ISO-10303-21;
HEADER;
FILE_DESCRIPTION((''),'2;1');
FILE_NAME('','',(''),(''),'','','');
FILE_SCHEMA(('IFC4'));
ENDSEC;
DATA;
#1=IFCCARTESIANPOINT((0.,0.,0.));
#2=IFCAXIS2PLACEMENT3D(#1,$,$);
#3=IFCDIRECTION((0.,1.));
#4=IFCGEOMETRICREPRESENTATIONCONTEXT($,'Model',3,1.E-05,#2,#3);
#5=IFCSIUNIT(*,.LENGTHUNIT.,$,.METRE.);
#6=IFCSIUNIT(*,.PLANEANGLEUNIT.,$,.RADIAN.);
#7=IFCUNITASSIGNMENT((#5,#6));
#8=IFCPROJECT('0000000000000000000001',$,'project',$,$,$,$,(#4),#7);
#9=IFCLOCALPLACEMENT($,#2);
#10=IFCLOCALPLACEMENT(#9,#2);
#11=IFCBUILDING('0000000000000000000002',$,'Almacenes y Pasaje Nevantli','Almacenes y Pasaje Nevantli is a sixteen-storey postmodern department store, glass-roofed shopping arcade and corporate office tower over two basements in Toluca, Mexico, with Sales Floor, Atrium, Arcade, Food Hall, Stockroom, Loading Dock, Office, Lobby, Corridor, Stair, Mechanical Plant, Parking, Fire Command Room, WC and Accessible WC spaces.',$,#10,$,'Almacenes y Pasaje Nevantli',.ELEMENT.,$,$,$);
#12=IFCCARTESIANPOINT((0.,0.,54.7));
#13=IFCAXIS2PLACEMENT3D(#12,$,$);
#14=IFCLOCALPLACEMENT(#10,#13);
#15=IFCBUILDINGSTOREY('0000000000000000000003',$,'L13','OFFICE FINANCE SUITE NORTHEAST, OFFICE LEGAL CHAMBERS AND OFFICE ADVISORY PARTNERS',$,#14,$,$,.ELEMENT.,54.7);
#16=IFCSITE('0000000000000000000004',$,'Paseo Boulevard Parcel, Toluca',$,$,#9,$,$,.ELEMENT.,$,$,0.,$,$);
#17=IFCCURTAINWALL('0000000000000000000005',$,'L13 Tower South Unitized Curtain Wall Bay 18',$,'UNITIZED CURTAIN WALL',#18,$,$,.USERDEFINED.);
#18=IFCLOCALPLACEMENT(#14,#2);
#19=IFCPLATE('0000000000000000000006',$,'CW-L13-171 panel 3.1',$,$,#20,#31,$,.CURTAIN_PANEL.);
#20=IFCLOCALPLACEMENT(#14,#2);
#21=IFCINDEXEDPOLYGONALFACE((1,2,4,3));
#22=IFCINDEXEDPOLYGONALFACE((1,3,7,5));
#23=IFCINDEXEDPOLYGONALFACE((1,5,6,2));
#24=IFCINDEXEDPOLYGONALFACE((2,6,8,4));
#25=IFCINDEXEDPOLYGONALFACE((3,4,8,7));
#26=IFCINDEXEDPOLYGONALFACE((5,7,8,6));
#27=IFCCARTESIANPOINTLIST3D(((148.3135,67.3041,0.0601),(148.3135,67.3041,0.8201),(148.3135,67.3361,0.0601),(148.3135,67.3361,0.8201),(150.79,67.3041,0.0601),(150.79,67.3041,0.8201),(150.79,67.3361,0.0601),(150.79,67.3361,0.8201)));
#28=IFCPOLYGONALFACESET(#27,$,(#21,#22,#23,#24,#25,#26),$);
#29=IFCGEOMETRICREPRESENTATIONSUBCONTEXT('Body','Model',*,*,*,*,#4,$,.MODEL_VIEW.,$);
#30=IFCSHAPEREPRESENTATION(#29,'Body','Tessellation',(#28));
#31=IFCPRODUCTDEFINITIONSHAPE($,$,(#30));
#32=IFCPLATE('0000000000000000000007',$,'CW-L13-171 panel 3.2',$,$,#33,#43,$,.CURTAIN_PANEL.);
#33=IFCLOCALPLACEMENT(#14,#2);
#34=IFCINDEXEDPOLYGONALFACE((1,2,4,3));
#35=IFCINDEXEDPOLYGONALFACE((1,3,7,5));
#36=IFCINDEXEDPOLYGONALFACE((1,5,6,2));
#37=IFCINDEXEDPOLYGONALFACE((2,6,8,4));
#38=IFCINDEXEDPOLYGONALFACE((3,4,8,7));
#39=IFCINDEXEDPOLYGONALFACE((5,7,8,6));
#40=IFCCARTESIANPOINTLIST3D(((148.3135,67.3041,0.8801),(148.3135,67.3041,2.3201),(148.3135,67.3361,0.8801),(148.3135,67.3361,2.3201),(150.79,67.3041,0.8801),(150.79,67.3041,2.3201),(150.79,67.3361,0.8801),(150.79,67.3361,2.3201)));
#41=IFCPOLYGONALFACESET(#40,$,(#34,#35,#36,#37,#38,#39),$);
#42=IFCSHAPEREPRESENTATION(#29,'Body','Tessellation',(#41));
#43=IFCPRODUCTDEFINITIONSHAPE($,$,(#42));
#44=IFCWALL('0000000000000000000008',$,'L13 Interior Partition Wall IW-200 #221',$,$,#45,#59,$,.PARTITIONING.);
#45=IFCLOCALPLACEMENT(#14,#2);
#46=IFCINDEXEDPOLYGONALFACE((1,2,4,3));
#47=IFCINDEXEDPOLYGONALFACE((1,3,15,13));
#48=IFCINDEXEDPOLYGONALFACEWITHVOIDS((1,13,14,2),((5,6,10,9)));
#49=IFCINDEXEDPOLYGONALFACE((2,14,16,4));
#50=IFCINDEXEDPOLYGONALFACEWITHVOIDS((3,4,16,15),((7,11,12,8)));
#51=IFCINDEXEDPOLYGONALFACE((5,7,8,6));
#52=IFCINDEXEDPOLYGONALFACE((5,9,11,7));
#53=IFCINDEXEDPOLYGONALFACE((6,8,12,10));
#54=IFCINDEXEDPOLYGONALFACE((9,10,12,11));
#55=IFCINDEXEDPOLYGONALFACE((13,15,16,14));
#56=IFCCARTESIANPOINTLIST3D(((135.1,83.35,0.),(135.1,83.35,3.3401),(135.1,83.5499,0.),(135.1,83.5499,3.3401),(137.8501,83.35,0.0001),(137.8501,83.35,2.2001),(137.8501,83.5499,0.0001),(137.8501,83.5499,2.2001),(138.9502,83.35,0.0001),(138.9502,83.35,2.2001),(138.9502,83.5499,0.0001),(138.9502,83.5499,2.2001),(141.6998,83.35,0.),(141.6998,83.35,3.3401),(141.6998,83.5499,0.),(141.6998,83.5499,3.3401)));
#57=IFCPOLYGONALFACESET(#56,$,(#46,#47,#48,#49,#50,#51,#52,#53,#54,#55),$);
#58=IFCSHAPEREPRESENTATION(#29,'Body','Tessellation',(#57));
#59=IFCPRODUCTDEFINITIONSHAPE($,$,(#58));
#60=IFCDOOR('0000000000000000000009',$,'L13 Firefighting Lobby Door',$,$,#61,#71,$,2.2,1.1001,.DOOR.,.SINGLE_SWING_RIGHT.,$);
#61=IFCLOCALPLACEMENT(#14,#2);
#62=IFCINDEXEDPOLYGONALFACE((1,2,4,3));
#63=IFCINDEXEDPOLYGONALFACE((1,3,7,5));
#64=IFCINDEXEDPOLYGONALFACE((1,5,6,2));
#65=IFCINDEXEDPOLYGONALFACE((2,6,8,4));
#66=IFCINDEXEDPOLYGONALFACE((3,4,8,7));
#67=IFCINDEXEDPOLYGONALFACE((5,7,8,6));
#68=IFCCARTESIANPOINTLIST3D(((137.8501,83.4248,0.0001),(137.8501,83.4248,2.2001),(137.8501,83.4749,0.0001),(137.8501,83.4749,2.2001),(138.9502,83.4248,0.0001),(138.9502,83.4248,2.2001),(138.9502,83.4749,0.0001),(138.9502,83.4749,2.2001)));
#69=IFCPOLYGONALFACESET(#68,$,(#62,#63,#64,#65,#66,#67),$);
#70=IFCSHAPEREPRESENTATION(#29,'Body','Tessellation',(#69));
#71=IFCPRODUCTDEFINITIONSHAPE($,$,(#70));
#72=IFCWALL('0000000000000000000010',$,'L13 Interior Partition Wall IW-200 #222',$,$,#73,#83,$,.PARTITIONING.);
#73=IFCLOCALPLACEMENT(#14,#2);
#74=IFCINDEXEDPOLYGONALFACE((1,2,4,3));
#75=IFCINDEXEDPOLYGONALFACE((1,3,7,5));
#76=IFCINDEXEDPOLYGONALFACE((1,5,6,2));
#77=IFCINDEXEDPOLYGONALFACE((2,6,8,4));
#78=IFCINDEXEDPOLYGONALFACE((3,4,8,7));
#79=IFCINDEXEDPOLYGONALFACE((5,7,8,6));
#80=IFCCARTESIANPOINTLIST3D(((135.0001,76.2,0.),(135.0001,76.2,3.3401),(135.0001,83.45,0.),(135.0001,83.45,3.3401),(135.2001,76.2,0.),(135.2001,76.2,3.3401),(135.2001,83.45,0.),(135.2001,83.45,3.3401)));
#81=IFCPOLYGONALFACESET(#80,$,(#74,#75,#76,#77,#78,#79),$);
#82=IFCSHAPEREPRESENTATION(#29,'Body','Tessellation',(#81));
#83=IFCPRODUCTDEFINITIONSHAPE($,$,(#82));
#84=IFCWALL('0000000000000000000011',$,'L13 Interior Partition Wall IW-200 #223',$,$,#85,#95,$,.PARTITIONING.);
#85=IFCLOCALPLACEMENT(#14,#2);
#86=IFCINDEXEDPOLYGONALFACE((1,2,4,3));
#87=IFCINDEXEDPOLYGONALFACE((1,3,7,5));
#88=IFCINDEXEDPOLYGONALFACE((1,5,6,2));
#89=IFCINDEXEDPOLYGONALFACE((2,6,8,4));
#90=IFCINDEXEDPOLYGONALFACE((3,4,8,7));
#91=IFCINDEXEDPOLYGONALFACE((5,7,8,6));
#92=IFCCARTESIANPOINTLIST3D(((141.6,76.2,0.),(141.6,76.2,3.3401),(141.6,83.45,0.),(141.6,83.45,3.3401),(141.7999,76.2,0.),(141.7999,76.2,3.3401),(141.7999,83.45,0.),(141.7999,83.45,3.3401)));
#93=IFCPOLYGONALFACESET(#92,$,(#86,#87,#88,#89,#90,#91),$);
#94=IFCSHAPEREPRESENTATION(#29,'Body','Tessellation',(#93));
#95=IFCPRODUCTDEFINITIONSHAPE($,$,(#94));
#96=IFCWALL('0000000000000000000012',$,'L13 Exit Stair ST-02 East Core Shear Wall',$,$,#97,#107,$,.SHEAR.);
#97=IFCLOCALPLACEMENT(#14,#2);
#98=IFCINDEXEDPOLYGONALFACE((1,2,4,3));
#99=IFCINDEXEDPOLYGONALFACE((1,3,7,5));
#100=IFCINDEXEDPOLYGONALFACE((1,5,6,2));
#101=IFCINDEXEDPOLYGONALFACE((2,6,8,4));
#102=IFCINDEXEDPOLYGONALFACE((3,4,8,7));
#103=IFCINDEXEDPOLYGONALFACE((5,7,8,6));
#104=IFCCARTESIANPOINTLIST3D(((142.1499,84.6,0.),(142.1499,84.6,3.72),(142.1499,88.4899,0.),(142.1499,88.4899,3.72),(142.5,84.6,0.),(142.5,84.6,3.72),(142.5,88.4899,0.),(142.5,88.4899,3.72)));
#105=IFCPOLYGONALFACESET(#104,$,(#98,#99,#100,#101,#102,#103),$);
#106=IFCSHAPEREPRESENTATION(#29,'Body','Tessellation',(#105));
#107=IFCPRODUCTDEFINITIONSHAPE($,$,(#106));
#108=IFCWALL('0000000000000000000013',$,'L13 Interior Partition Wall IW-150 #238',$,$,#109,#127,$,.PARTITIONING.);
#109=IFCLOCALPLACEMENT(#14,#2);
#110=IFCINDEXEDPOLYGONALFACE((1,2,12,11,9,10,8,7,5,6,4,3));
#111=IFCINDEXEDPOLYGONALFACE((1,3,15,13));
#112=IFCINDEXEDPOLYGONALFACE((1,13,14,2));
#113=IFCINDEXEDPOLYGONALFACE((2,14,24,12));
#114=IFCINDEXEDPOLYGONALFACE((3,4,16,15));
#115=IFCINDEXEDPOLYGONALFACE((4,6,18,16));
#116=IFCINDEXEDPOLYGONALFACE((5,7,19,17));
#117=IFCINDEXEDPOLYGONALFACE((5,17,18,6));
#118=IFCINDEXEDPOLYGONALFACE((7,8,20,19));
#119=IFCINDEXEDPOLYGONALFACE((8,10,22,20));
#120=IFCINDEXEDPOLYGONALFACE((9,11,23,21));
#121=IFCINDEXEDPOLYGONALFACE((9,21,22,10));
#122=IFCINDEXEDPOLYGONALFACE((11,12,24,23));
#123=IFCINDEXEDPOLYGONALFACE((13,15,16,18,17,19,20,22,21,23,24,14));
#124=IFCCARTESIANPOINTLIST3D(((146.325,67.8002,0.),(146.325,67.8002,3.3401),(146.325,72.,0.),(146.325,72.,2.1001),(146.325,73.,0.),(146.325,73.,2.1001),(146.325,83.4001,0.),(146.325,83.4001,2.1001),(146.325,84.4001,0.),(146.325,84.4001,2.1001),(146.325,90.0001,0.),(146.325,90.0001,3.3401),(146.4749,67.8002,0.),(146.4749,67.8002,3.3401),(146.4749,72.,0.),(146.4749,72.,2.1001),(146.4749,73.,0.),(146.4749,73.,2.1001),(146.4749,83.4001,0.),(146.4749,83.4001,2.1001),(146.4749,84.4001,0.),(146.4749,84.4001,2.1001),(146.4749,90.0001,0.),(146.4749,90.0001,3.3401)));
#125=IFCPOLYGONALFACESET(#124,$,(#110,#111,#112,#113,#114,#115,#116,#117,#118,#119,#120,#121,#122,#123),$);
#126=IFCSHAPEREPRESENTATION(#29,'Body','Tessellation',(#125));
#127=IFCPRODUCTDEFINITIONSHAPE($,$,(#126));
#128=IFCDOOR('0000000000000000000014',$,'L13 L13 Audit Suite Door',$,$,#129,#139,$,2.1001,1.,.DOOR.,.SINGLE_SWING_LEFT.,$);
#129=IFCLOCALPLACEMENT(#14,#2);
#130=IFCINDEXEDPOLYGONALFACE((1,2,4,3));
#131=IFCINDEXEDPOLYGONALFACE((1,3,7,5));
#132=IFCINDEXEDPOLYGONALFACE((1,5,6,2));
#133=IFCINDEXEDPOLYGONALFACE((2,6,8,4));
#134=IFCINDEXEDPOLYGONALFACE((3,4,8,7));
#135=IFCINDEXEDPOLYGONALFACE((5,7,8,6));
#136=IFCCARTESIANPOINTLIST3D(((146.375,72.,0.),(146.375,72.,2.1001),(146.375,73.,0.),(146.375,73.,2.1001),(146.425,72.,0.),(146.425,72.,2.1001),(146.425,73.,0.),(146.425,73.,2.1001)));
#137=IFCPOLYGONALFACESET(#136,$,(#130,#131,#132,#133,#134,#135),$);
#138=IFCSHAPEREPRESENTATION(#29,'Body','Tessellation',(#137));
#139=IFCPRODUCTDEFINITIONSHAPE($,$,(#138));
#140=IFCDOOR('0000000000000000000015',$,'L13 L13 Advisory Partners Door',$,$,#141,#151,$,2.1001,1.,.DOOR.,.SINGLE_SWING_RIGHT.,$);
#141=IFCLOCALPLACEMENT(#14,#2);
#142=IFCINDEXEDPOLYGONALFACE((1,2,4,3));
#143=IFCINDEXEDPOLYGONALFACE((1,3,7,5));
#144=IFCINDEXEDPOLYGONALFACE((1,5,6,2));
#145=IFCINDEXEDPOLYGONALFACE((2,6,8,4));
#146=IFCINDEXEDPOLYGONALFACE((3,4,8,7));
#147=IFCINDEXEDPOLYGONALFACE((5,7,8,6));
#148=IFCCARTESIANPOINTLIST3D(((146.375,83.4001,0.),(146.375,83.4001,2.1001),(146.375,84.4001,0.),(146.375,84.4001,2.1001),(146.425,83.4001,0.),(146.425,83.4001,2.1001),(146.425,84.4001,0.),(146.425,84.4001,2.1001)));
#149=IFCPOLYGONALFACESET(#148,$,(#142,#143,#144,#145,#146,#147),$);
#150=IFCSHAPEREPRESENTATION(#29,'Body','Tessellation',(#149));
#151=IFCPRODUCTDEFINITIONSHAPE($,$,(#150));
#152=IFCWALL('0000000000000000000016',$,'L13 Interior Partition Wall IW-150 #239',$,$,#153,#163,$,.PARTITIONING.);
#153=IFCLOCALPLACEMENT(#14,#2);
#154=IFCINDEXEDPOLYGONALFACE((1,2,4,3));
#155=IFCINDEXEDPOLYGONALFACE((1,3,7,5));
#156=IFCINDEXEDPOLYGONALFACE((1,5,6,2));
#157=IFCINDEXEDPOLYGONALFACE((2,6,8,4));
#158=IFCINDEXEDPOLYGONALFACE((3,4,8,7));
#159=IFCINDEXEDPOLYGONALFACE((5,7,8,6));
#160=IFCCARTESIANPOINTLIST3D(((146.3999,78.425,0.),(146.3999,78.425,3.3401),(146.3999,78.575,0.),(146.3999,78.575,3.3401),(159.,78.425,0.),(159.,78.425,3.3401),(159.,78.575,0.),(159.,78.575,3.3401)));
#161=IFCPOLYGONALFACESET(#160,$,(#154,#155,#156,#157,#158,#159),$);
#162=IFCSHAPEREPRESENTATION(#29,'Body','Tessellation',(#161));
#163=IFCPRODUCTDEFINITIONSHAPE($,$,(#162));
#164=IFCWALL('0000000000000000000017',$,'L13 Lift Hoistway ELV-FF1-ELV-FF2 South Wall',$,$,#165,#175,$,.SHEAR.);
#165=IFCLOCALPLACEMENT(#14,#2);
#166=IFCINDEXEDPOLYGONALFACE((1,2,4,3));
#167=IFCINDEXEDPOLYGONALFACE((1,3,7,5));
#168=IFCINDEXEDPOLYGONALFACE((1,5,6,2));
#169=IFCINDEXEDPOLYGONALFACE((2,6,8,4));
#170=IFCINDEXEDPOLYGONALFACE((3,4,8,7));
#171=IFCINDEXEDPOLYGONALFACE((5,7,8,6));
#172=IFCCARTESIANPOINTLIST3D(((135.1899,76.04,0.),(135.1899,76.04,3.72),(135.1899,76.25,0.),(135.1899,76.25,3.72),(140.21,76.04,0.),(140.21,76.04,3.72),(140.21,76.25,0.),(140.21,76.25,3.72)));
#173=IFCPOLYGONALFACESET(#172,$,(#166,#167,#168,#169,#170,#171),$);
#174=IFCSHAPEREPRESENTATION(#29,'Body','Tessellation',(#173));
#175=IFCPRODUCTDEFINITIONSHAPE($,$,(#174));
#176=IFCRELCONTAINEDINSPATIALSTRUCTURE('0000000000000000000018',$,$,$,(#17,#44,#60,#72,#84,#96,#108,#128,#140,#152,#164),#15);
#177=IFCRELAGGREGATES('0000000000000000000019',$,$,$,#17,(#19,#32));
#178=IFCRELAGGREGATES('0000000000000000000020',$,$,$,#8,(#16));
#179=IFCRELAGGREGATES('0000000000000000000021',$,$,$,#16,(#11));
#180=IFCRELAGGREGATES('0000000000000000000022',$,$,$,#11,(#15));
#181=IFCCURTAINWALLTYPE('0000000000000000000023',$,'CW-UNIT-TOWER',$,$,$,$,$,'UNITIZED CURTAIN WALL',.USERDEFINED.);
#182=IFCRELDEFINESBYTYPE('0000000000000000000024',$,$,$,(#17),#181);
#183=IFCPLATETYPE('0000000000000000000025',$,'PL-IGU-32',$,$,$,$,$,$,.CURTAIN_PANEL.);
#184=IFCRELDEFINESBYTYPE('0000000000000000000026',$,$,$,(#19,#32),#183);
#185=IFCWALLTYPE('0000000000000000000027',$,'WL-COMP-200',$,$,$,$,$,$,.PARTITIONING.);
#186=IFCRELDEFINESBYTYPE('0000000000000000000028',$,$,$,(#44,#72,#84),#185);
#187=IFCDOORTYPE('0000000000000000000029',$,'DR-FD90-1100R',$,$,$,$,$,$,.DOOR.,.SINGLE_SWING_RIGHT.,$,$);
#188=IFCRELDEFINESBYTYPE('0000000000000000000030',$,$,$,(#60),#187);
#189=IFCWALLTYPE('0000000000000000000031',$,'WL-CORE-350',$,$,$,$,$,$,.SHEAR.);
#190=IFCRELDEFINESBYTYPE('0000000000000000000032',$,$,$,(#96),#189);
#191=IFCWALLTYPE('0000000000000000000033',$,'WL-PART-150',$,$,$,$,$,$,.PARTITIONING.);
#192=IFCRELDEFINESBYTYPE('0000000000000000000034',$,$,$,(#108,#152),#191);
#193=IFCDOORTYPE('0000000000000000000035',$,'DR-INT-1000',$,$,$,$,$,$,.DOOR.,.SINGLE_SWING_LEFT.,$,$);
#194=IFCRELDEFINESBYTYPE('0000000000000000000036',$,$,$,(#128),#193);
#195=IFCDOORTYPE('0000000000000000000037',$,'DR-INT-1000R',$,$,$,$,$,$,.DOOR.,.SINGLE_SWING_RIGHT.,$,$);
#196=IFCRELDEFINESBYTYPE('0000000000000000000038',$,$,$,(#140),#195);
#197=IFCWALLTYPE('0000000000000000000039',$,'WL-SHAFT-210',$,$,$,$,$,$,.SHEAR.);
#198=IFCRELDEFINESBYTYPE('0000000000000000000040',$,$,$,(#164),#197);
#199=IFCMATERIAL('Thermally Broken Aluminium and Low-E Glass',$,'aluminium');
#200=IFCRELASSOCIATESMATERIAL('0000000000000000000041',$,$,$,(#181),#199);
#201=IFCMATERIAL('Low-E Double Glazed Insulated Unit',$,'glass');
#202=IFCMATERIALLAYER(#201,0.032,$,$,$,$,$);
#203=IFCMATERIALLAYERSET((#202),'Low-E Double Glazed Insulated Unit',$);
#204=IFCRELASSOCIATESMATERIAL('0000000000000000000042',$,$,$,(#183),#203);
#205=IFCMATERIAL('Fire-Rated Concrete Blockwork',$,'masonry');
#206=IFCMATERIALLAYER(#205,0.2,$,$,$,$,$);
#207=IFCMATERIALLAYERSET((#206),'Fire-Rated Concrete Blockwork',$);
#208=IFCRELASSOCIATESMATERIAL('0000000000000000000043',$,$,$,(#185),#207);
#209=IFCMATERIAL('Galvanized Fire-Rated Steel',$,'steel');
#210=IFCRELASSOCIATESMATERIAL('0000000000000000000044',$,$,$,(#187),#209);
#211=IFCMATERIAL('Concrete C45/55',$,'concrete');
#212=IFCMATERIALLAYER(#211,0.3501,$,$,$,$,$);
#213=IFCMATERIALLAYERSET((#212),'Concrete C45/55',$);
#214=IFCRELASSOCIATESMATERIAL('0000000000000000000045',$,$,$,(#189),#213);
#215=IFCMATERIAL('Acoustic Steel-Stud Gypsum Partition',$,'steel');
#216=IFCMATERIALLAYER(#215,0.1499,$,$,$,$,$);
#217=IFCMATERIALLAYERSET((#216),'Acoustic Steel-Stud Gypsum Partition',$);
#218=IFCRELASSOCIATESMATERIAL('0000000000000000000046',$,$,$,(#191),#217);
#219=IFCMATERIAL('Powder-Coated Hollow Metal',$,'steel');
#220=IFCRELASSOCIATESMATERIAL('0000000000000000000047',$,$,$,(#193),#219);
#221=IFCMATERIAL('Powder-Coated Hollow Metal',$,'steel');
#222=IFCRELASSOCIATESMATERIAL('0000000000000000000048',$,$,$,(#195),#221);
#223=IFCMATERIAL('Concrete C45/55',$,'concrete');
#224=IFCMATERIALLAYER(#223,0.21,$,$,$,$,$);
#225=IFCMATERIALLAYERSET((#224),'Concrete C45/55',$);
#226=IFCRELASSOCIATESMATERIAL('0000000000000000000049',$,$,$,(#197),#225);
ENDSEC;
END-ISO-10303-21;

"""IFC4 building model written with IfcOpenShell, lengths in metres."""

from ifc_helpers import new_model, si_unit, direction, frame, frame_2d, origin, origin_2d, place, context, subcontext, project, spatial, rectangle, extrude, material, layer, layer_set, type_object, element, fill, aggregate, save


model = new_model("IFC4")

# Units and contexts
model_context = context("Model", 3, precision=1e-05, world=origin(), true_north=direction((0.0, 1.0)))
body_context = subcontext(model_context, "Body", "Model", "MODEL_VIEW")
ifc_project = project(units=[si_unit("LENGTHUNIT", "METRE"), si_unit("PLANEANGLEUNIT", "RADIAN")], contexts=[model_context])

# Site, building, storey
site_placement = place(None, origin())
site = spatial("IfcSite", under=ifc_project, at=site_placement, Name="Paseo Boulevard Parcel, Toluca", CompositionType="ELEMENT", RefElevation=0.0)
building_placement = place(site_placement, origin())
building = spatial("IfcBuilding", under=site, at=building_placement, Name="Almacenes y Pasaje Nevantli", Description="Almacenes y Pasaje Nevantli is a sixteen-storey postmodern department store, glass-roofed shopping arcade and corporate office tower over two basements in Toluca, Mexico, with Sales Floor, Atrium, Arcade, Food Hall, Stockroom, Loading Dock, Office, Lobby, Corridor, Stair, Mechanical Plant, Parking, Fire Command Room, WC and Accessible WC spaces.", LongName="Almacenes y Pasaje Nevantli", CompositionType="ELEMENT")
storey_placement = place(building_placement, frame((0.0, 0.0, 54.7)))
storey = spatial("IfcBuildingStorey", under=building, at=storey_placement, Name="L13", Description="OFFICE FINANCE SUITE NORTHEAST, OFFICE LEGAL CHAMBERS AND OFFICE ADVISORY PARTNERS", CompositionType="ELEMENT", Elevation=54.7)

# Curtain wall, plates
ifc_material_1 = material(Name="Thermally Broken Aluminium and Low-E Glass", Category="aluminium")
curtain_wall_type = type_object("IfcCurtainWallType", Name="CW-UNIT-TOWER", ElementType="UNITIZED CURTAIN WALL", PredefinedType="USERDEFINED", material=ifc_material_1)
curtain_wall_placement = place(storey_placement, origin())
curtain_wall = element("IfcCurtainWall", 1, at=curtain_wall_placement, inside=storey, type_object=curtain_wall_type, Name="L13 Tower South Unitized Curtain Wall Bay 18", ObjectType="UNITIZED CURTAIN WALL", PredefinedType="USERDEFINED")
ifc_material_2 = material(Name="Low-E Double Glazed Insulated Unit", Category="glass")
ifc_layer_1 = layer(ifc_material_2, 0.032)
ifc_layer_set_1 = layer_set([ifc_layer_1], Name="Low-E Double Glazed Insulated Unit")
plate_type = type_object("IfcPlateType", Name="PL-IGU-32", PredefinedType="CURTAIN_PANEL", material=ifc_layer_set_1)
plate_1_placement = place(storey_placement, frame((149.5518, 67.3201, 0.0601), z_axis=(0.0, 0.0, 1.0), x_axis=(1.0, 0.0, 0.0)))
plate_1 = element("IfcPlate", 2, at=plate_1_placement, type_object=plate_type, Name="CW-L13-171 panel 3.1", PredefinedType="CURTAIN_PANEL", context=body_context, shape_type="SweptSolid", body=[
    extrude(rectangle(XDim=2.4766, YDim=0.032, at=origin_2d()), origin(), (0.0, 0.0, 1.0), 0.76),
])
plate_2_placement = place(storey_placement, frame((149.5518, 67.3201, 0.8801), z_axis=(0.0, 0.0, 1.0), x_axis=(1.0, 0.0, 0.0)))
plate_2 = element("IfcPlate", 3, at=plate_2_placement, type_object=plate_type, Name="CW-L13-171 panel 3.2", PredefinedType="CURTAIN_PANEL", context=body_context, shape_type="SweptSolid", body=[
    extrude(rectangle(XDim=2.4766, YDim=0.032, at=origin_2d()), origin(), (0.0, 0.0, 1.0), 1.4399),
])
aggregate(curtain_wall, [plate_1, plate_2])

# Wall, opening, door
ifc_material_3 = material(Name="Fire-Rated Concrete Blockwork", Category="masonry")
ifc_layer_2 = layer(ifc_material_3, 0.2)
ifc_layer_set_2 = layer_set([ifc_layer_2], Name="Fire-Rated Concrete Blockwork")
wall_type_1 = type_object("IfcWallType", Name="WL-COMP-200", PredefinedType="PARTITIONING", material=ifc_layer_set_2)
wall_1_placement = place(storey_placement, frame((135.1001, 83.45, 0.0), z_axis=(0.0, 0.0, 1.0), x_axis=(1.0, 0.0, 0.0)))
wall_1 = element("IfcWall", 4, at=wall_1_placement, inside=storey, type_object=wall_type_1, Name="L13 Interior Partition Wall IW-200 #221", PredefinedType="PARTITIONING", context=body_context, shape_type="SweptSolid", body=[
    extrude(rectangle(XDim=6.5999, YDim=0.2, at=frame_2d((3.2998, 0.0))), origin(), (0.0, 0.0, 1.0), 3.3401),
])
opening_1_placement = place(wall_1_placement, frame((2.75, 0.0, 0.0)))
opening_1 = element("IfcOpeningElement", 5, at=opening_1_placement, cuts=wall_1, PredefinedType="OPENING", context=body_context, shape_type="SweptSolid", body=[
    extrude(rectangle(XDim=1.1001, YDim=2.2, at=frame_2d((0.55, 1.1001))), frame((0.0, 0.1099, 0.0), z_axis=(0.0, -1.0, 0.0), x_axis=(1.0, 0.0, 0.0)), (0.0, 0.0, 1.0), 0.22),
])
ifc_material_4 = material(Name="Galvanized Fire-Rated Steel", Category="steel")
door_type_1 = type_object("IfcDoorType", Name="DR-FD90-1100R", OperationType="SINGLE_SWING_RIGHT", PredefinedType="DOOR", material=ifc_material_4)
door_1_placement = place(opening_1_placement, origin())
door_1 = element("IfcDoor", 6, at=door_1_placement, inside=storey, type_object=door_type_1, Name="L13 Firefighting Lobby Door", OperationType="SINGLE_SWING_RIGHT", OverallHeight=2.2, OverallWidth=1.1001, PredefinedType="DOOR", context=body_context, shape_type="SweptSolid", body=[
    extrude(rectangle(XDim=1.1001, YDim=2.2, at=frame_2d((0.55, 1.1001))), frame((0.0, 0.0249, 0.0), z_axis=(0.0, -1.0, 0.0), x_axis=(1.0, 0.0, 0.0)), (0.0, 0.0, 1.0), 0.05),
])
fill(opening_1, door_1)

# Walls
for number, where, z_axis, x_axis, name in (
    (7, (135.1001, 76.2, 0.0), (0.0, 0.0, 1.0), (0.0, 1.0, 0.0), "L13 Interior Partition Wall IW-200 #222"),
    (8, (141.7, 76.2, 0.0), (0.0, 0.0, 1.0), (0.0, 1.0, 0.0), "L13 Interior Partition Wall IW-200 #223"),
):
    element("IfcWall", number, at=place(storey_placement, frame(where, z_axis=z_axis, x_axis=x_axis)), inside=storey, type_object=wall_type_1, Name=name, PredefinedType="PARTITIONING", context=body_context, shape_type="SweptSolid", body=[
        extrude(rectangle(XDim=7.25, YDim=0.2, at=frame_2d((3.625, 0.0))), origin(), (0.0, 0.0, 1.0), 3.3401),
    ])
ifc_material_5 = material(Name="Concrete C45/55", Category="concrete")
ifc_layer_3 = layer(ifc_material_5, 0.3501)
ifc_layer_set_3 = layer_set([ifc_layer_3], Name="Concrete C45/55")
wall_type_2 = type_object("IfcWallType", Name="WL-CORE-350", PredefinedType="SHEAR", material=ifc_layer_set_3)
wall_2_placement = place(storey_placement, frame((142.325, 84.6001, 0.0), z_axis=(0.0, 0.0, 1.0), x_axis=(0.0, 1.0, 0.0)))
element("IfcWall", 9, at=wall_2_placement, inside=storey, type_object=wall_type_2, Name="L13 Exit Stair ST-02 East Core Shear Wall", PredefinedType="SHEAR", context=body_context, shape_type="SweptSolid", body=[
    extrude(rectangle(XDim=3.8899, YDim=0.3501, at=frame_2d((1.9448, 0.0))), origin(), (0.0, 0.0, 1.0), 3.72),
])

# Wall, openings, doors
ifc_material_6 = material(Name="Acoustic Steel-Stud Gypsum Partition", Category="steel")
ifc_layer_4 = layer(ifc_material_6, 0.1499)
ifc_layer_set_4 = layer_set([ifc_layer_4], Name="Acoustic Steel-Stud Gypsum Partition")
wall_type_3 = type_object("IfcWallType", Name="WL-PART-150", PredefinedType="PARTITIONING", material=ifc_layer_set_4)
wall_3_placement = place(storey_placement, frame((146.3999, 67.8, 0.0), z_axis=(0.0, 0.0, 1.0), x_axis=(0.0, 1.0, 0.0)))
wall_3 = element("IfcWall", 10, at=wall_3_placement, inside=storey, type_object=wall_type_3, Name="L13 Interior Partition Wall IW-150 #238", PredefinedType="PARTITIONING", context=body_context, shape_type="SweptSolid", body=[
    extrude(rectangle(XDim=22.2, YDim=0.1499, at=frame_2d((11.1001, 0.0))), origin(), (0.0, 0.0, 1.0), 3.3401),
])
opening_2_placement = place(wall_3_placement, frame((4.2, 0.0, 0.0)))
opening_2 = element("IfcOpeningElement", 11, at=opening_2_placement, cuts=wall_3, PredefinedType="OPENING", context=body_context, shape_type="SweptSolid", body=[
    extrude(rectangle(XDim=1.0, YDim=2.1001, at=frame_2d((0.5, 1.05))), frame((0.0, 0.085, 0.0), z_axis=(0.0, -1.0, 0.0), x_axis=(1.0, 0.0, 0.0)), (0.0, 0.0, 1.0), 0.1699),
])
opening_3_placement = place(wall_3_placement, frame((15.6001, 0.0, 0.0)))
opening_3 = element("IfcOpeningElement", 12, at=opening_3_placement, cuts=wall_3, PredefinedType="OPENING", context=body_context, shape_type="SweptSolid", body=[
    extrude(rectangle(XDim=1.0, YDim=2.1001, at=frame_2d((0.5, 1.05))), frame((0.0, 0.085, 0.0), z_axis=(0.0, -1.0, 0.0), x_axis=(1.0, 0.0, 0.0)), (0.0, 0.0, 1.0), 0.1699),
])
ifc_material_7 = material(Name="Powder-Coated Hollow Metal", Category="steel")
door_type_2 = type_object("IfcDoorType", Name="DR-INT-1000", OperationType="SINGLE_SWING_LEFT", PredefinedType="DOOR", material=ifc_material_7)
door_2_placement = place(opening_2_placement, origin())
door_2 = element("IfcDoor", 13, at=door_2_placement, inside=storey, type_object=door_type_2, Name="L13 L13 Audit Suite Door", OperationType="SINGLE_SWING_LEFT", OverallHeight=2.1001, OverallWidth=1.0, PredefinedType="DOOR", context=body_context, shape_type="SweptSolid", body=[
    extrude(rectangle(XDim=1.0, YDim=2.1001, at=frame_2d((0.5, 1.05))), frame((0.0, 0.0249, 0.0), z_axis=(0.0, -1.0, 0.0), x_axis=(1.0, 0.0, 0.0)), (0.0, 0.0, 1.0), 0.05),
])
fill(opening_2, door_2)
ifc_material_8 = material(Name="Powder-Coated Hollow Metal", Category="steel")
door_type_3 = type_object("IfcDoorType", Name="DR-INT-1000R", OperationType="SINGLE_SWING_RIGHT", PredefinedType="DOOR", material=ifc_material_8)
door_3_placement = place(opening_3_placement, origin())
door_3 = element("IfcDoor", 14, at=door_3_placement, inside=storey, type_object=door_type_3, Name="L13 L13 Advisory Partners Door", OperationType="SINGLE_SWING_RIGHT", OverallHeight=2.1001, OverallWidth=1.0, PredefinedType="DOOR", context=body_context, shape_type="SweptSolid", body=[
    extrude(rectangle(XDim=1.0, YDim=2.1001, at=frame_2d((0.5, 1.05))), frame((0.0, 0.0249, 0.0), z_axis=(0.0, -1.0, 0.0), x_axis=(1.0, 0.0, 0.0)), (0.0, 0.0, 1.0), 0.05),
])
fill(opening_3, door_3)

# Walls
wall_4_placement = place(storey_placement, frame((146.3999, 78.5, 0.0), z_axis=(0.0, 0.0, 1.0), x_axis=(1.0, 0.0, 0.0)))
element("IfcWall", 15, at=wall_4_placement, inside=storey, type_object=wall_type_3, Name="L13 Interior Partition Wall IW-150 #239", PredefinedType="PARTITIONING", context=body_context, shape_type="SweptSolid", body=[
    extrude(rectangle(XDim=12.6001, YDim=0.1499, at=frame_2d((6.3, 0.0))), origin(), (0.0, 0.0, 1.0), 3.3401),
])
ifc_material_9 = material(Name="Concrete C45/55", Category="concrete")
ifc_layer_5 = layer(ifc_material_9, 0.21)
ifc_layer_set_5 = layer_set([ifc_layer_5], Name="Concrete C45/55")
wall_type_4 = type_object("IfcWallType", Name="WL-SHAFT-210", PredefinedType="SHEAR", material=ifc_layer_set_5)
wall_5_placement = place(storey_placement, frame((135.1899, 76.145, 0.0), z_axis=(0.0, 0.0, 1.0), x_axis=(1.0, 0.0, 0.0)))
element("IfcWall", 16, at=wall_5_placement, inside=storey, type_object=wall_type_4, Name="L13 Lift Hoistway ELV-FF1-ELV-FF2 South Wall", PredefinedType="SHEAR", context=body_context, shape_type="SweptSolid", body=[
    extrude(rectangle(XDim=5.02, YDim=0.21, at=frame_2d((2.51, 0.0))), origin(), (0.0, 0.0, 1.0), 3.72),
])

save(model, "model.ifc")
